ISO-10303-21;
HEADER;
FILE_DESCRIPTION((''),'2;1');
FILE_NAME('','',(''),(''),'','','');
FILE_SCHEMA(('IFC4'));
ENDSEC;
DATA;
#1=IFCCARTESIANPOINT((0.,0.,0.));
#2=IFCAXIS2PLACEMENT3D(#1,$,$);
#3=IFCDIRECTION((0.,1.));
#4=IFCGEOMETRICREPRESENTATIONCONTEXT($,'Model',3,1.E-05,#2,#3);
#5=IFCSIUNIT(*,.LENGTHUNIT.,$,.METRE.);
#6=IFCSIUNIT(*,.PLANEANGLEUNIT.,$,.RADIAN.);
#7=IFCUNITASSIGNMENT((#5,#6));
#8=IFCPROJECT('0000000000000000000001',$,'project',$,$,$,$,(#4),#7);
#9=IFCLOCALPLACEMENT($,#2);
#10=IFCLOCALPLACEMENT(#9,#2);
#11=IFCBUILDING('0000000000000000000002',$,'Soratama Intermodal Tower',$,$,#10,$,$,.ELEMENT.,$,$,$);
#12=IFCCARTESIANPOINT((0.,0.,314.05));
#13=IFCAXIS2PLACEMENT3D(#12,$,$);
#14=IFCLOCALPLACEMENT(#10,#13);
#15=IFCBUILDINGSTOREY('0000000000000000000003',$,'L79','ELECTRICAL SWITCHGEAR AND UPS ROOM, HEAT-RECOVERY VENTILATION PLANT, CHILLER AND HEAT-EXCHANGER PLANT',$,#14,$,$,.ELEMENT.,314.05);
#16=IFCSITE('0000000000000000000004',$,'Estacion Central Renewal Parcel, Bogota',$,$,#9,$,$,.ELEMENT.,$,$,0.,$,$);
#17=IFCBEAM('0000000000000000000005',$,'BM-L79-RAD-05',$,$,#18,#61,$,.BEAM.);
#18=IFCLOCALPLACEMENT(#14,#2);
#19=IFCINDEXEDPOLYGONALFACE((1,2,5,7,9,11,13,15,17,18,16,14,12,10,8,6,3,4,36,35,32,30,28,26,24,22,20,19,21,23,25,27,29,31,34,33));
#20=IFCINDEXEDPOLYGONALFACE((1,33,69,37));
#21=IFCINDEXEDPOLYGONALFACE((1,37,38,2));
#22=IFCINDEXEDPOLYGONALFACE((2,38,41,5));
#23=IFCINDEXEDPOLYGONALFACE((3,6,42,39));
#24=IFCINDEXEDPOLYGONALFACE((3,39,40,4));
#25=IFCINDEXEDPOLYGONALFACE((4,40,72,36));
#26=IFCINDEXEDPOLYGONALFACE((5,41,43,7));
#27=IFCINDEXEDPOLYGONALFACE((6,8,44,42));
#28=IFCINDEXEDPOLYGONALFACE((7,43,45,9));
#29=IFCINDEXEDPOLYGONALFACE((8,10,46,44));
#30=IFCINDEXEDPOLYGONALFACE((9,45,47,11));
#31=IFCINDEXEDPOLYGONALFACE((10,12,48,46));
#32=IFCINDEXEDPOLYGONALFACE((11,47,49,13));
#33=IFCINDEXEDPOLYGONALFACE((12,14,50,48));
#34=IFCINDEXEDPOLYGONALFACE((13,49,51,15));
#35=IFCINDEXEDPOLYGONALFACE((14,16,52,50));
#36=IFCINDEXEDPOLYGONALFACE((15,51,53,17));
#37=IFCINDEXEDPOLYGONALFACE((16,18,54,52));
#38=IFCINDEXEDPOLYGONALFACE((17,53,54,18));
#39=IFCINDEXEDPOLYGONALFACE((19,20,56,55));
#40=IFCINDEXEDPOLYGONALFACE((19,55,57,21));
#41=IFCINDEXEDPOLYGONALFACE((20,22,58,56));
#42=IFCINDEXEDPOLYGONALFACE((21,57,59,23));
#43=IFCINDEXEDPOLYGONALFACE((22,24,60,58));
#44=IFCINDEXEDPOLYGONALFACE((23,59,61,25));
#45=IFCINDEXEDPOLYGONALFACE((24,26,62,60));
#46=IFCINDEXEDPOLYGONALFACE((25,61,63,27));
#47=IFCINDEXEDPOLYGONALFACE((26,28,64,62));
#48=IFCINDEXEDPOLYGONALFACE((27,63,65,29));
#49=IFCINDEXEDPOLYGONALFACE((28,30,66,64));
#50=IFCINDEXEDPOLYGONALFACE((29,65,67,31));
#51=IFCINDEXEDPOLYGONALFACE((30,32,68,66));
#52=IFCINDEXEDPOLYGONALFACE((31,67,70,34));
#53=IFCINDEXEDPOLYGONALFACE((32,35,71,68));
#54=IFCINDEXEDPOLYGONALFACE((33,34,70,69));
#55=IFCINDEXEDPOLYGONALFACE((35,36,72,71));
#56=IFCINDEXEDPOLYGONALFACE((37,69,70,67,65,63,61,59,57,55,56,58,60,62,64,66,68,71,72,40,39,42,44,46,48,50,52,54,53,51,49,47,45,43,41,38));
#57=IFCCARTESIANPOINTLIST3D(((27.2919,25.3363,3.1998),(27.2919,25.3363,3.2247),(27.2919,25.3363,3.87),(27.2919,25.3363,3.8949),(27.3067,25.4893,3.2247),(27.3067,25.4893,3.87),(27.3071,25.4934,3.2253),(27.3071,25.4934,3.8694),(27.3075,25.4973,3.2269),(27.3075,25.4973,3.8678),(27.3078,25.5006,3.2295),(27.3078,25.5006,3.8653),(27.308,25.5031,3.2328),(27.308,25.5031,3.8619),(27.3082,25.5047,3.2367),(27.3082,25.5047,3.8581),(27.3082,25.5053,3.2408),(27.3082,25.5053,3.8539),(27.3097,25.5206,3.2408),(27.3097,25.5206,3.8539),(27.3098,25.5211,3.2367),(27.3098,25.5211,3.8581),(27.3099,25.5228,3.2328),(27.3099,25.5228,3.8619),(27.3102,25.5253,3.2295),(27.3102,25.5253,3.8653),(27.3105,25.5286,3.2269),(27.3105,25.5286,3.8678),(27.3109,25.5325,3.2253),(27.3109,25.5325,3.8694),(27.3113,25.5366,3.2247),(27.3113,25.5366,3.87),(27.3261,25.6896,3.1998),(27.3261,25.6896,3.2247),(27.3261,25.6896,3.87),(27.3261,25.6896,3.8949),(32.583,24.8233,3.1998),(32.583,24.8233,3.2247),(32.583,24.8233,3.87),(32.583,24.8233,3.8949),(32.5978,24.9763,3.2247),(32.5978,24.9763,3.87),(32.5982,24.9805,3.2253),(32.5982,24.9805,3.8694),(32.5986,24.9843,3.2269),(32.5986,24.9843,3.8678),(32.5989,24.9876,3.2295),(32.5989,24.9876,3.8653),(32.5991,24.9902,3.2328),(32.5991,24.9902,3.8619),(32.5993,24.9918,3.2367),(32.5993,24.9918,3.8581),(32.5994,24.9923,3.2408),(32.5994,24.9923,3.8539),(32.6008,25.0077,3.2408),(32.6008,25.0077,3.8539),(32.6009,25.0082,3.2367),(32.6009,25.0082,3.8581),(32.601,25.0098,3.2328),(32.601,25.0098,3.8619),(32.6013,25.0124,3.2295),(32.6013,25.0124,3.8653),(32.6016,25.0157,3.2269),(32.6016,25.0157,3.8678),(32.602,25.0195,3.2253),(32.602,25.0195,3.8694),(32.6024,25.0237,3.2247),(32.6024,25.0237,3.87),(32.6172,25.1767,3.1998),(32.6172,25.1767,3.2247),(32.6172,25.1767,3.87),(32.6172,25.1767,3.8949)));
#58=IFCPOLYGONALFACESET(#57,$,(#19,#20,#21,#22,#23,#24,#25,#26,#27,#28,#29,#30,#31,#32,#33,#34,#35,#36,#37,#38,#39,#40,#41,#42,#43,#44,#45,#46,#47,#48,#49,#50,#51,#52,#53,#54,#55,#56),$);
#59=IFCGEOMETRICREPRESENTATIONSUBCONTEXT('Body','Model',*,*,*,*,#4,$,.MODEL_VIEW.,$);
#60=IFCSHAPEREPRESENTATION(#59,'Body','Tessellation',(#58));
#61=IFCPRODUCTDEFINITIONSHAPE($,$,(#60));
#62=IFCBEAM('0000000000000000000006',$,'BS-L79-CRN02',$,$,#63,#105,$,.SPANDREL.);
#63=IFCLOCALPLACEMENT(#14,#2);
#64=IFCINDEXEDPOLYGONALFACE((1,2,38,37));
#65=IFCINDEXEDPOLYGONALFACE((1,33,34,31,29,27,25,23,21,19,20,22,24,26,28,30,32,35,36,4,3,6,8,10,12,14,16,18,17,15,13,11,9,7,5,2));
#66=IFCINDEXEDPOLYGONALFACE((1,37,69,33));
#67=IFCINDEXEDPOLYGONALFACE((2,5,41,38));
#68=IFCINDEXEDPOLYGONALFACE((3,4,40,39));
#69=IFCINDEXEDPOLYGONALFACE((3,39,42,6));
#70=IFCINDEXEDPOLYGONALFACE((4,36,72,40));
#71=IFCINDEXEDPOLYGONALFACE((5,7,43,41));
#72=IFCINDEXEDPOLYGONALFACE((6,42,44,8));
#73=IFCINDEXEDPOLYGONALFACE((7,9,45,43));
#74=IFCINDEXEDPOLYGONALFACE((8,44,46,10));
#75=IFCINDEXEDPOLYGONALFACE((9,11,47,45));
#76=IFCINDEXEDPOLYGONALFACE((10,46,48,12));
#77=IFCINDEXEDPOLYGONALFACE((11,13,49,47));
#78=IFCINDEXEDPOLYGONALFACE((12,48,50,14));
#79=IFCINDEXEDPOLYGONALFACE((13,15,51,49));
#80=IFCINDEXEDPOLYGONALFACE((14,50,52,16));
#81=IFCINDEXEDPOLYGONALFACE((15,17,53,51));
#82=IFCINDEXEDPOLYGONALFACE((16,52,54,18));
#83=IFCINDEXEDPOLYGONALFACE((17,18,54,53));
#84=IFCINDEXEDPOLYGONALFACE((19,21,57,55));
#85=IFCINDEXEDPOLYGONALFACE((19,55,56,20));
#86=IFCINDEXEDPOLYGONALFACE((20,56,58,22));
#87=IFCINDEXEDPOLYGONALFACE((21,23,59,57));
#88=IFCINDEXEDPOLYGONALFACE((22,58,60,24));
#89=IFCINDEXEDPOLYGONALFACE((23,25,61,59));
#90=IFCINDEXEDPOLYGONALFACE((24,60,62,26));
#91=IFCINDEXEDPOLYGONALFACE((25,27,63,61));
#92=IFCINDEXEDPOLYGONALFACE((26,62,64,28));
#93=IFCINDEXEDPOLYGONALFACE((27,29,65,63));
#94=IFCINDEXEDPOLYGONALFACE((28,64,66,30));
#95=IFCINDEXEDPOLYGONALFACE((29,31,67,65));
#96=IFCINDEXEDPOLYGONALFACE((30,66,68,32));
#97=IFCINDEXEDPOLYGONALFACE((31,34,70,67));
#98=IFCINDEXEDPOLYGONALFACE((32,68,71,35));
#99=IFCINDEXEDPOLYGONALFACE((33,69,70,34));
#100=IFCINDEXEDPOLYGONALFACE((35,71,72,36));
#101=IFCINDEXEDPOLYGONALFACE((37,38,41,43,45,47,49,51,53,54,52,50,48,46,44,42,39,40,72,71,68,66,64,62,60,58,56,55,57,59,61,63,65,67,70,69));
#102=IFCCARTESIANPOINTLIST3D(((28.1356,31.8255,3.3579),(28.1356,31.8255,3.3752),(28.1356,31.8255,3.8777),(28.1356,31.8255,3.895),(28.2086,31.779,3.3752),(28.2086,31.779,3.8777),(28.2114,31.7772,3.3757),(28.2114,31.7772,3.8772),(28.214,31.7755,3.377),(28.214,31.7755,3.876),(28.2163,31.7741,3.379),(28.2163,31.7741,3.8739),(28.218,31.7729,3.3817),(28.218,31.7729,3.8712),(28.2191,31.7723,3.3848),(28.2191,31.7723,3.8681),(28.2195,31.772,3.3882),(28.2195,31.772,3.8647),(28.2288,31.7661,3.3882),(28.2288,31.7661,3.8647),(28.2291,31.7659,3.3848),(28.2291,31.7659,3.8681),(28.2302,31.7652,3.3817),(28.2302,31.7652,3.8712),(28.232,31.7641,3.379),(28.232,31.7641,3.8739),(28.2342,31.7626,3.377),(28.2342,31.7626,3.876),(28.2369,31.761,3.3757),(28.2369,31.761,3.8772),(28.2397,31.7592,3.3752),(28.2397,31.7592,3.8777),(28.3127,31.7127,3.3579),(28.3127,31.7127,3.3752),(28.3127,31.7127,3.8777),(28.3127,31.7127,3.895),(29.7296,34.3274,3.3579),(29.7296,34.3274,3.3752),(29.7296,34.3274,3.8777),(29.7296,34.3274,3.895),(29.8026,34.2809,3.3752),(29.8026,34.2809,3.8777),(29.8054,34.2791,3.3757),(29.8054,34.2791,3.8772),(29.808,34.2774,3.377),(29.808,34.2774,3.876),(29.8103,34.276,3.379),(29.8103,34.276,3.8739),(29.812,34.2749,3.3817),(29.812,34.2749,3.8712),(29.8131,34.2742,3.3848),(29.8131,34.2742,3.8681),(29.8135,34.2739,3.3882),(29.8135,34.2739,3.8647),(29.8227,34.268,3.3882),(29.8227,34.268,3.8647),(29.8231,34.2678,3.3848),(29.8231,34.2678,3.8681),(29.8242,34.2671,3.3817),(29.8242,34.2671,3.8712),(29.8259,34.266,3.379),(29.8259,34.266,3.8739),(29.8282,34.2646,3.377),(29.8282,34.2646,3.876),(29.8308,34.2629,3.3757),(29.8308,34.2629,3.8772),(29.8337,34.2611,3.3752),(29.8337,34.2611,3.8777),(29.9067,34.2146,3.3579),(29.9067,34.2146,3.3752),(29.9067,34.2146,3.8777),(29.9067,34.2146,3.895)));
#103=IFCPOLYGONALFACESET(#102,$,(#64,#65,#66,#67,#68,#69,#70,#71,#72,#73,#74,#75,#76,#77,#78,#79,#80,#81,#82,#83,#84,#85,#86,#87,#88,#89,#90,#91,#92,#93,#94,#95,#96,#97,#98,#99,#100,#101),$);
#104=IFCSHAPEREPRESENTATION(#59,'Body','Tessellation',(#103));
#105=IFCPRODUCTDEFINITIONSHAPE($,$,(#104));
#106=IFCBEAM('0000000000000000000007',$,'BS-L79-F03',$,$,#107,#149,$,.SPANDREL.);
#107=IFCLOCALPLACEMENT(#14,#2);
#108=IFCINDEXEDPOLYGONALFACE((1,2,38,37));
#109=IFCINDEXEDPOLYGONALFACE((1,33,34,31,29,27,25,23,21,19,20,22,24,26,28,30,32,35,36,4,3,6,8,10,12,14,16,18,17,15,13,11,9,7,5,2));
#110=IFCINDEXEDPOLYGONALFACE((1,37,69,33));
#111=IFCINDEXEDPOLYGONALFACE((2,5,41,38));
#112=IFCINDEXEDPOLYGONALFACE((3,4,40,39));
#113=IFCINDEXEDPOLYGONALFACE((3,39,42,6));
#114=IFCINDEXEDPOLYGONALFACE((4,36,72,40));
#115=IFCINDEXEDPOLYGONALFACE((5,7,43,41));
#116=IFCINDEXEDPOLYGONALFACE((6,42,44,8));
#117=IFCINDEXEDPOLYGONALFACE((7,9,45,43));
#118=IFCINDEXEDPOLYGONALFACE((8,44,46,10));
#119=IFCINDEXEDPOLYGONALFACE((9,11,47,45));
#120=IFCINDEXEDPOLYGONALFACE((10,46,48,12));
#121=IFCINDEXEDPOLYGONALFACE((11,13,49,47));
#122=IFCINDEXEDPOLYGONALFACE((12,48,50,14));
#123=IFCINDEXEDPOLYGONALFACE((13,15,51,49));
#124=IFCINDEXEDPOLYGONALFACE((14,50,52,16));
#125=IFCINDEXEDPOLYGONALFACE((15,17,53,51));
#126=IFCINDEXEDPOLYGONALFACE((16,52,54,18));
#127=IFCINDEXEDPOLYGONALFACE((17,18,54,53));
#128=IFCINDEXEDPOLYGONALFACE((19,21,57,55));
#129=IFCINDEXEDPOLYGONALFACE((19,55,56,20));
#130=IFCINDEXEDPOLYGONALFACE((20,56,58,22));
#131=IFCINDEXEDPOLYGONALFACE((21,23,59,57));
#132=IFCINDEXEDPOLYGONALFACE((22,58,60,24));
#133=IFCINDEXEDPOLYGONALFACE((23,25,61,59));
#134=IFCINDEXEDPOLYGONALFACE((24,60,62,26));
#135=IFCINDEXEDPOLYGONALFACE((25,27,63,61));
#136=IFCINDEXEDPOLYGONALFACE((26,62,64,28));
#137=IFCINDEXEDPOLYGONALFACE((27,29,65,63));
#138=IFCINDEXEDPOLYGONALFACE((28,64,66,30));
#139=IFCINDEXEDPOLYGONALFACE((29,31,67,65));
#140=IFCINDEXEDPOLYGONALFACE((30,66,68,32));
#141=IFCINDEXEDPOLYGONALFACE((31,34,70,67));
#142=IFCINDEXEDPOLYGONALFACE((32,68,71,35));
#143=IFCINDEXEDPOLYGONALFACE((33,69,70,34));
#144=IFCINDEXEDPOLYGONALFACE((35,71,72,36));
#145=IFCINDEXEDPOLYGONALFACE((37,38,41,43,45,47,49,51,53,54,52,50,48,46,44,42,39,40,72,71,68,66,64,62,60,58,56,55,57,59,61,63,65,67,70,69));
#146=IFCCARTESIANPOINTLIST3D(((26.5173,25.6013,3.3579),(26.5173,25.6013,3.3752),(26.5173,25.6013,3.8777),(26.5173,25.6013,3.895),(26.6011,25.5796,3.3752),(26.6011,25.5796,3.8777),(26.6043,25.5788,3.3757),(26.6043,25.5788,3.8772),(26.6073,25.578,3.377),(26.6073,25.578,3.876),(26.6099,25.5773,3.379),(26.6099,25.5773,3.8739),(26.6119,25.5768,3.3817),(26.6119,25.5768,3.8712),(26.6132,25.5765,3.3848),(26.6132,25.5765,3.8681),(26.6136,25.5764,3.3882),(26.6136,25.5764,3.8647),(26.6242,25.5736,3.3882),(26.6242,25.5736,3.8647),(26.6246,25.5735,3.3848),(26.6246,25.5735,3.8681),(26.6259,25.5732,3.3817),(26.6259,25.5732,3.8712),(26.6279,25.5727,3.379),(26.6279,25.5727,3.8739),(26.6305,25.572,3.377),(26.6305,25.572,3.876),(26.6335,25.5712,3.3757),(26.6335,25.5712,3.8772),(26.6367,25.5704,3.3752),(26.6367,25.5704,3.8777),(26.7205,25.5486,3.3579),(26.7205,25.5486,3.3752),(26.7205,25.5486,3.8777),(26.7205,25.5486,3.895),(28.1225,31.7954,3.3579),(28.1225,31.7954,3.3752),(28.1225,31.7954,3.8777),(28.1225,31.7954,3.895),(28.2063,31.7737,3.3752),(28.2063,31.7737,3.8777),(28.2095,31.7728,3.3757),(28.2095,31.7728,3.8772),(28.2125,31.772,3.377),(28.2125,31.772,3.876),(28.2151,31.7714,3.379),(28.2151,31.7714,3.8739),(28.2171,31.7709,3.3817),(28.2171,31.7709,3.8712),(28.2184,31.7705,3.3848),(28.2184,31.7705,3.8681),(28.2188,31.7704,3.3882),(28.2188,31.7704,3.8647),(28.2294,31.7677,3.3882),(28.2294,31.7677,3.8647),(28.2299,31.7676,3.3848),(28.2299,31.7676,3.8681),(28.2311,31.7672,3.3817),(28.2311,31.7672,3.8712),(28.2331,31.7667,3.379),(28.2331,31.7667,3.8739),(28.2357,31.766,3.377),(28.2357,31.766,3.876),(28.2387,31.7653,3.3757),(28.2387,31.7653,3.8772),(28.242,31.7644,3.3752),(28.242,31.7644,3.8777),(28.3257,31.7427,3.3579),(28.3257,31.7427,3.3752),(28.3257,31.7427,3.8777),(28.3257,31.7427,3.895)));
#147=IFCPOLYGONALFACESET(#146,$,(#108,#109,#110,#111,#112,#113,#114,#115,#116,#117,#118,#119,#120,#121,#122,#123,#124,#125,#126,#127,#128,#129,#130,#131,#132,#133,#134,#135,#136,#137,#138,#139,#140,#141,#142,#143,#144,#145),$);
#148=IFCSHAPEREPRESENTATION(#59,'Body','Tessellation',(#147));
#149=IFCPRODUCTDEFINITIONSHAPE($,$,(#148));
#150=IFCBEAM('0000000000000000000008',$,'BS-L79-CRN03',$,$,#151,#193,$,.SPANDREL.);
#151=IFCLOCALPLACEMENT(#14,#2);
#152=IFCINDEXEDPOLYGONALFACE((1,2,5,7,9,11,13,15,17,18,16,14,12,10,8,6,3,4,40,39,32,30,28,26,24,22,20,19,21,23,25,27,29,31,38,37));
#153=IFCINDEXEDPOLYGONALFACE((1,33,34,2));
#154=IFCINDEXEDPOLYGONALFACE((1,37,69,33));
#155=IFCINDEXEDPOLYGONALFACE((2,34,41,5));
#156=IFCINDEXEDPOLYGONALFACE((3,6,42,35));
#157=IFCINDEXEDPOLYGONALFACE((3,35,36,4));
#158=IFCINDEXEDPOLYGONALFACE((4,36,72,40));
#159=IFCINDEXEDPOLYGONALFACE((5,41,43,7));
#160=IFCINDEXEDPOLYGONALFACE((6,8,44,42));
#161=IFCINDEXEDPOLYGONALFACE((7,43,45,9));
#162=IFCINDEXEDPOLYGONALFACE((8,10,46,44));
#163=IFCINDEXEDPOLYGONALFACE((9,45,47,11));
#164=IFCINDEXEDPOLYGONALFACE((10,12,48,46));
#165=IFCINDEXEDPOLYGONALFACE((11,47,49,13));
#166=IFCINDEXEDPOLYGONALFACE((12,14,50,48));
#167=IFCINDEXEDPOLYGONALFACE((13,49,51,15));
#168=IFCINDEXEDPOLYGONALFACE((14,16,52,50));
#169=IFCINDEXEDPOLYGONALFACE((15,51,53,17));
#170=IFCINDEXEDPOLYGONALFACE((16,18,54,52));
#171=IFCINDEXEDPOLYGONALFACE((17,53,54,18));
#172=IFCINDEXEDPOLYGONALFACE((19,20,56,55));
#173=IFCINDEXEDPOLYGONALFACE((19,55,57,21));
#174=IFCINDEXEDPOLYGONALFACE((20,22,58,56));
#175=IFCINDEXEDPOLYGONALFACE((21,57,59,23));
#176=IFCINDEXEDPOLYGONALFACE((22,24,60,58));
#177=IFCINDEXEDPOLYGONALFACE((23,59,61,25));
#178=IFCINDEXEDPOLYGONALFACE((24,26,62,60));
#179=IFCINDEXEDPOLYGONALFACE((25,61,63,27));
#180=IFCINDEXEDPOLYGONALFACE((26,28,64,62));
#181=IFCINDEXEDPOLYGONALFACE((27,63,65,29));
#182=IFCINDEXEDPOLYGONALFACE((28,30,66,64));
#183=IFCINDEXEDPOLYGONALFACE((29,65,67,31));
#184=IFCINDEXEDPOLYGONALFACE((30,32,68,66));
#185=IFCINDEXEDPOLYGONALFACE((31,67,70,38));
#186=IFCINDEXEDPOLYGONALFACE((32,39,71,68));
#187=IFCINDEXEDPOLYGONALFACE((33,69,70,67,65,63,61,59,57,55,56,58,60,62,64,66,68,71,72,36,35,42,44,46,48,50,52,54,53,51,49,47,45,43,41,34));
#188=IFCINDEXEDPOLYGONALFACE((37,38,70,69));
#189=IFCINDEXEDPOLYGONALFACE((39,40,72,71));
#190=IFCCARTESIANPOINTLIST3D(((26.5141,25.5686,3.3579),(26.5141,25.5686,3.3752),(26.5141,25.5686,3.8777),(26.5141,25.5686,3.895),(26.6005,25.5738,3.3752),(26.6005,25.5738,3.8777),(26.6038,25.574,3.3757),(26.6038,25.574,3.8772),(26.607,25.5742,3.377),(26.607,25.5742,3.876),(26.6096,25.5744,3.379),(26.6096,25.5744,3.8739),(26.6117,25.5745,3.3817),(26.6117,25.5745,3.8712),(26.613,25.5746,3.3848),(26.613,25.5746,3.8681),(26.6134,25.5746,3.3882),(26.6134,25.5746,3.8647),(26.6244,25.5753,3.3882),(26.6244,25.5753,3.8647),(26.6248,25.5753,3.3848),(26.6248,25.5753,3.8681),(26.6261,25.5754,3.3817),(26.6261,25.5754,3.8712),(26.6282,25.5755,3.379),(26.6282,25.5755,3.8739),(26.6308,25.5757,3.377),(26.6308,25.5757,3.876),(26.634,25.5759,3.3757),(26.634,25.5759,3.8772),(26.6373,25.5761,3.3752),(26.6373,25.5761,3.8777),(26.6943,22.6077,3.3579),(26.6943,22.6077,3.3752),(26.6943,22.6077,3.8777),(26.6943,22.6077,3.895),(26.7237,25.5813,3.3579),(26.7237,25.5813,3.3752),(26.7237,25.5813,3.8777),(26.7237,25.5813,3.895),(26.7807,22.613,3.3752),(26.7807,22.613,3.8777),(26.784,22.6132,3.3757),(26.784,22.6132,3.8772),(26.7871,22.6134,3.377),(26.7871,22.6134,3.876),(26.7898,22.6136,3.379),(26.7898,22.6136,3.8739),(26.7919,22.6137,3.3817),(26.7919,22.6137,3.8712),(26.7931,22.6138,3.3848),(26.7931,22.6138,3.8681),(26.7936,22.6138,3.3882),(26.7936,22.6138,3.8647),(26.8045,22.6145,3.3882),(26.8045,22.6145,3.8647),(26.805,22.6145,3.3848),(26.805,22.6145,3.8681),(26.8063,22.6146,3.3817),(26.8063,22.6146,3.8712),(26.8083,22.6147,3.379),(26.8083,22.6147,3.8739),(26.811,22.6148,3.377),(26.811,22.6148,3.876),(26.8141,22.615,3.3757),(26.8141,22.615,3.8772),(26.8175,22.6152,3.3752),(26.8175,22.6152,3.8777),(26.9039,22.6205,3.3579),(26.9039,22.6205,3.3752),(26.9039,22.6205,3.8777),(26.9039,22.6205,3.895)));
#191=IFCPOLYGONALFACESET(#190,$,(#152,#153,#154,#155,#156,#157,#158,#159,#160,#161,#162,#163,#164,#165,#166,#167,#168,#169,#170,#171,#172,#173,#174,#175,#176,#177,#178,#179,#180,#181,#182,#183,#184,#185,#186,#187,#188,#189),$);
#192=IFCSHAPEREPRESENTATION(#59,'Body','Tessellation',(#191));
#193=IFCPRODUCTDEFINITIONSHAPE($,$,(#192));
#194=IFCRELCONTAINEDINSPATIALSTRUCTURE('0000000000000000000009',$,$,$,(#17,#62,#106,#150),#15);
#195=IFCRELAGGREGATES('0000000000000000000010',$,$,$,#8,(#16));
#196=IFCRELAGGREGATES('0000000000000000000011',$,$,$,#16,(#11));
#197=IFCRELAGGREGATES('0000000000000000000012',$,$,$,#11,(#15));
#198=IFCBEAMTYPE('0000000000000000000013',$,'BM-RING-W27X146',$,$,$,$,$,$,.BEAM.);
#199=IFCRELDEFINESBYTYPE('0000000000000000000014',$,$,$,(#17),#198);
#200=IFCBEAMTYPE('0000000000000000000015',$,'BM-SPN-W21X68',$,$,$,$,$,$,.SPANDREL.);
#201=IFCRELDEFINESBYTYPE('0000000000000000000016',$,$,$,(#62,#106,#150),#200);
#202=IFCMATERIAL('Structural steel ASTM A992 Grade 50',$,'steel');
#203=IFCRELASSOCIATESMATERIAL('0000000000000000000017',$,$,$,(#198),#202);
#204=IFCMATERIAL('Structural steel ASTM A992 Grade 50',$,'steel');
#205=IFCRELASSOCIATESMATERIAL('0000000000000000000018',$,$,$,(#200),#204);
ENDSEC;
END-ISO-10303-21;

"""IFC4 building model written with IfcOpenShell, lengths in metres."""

from ifc_helpers import new_model, si_unit, direction, frame, origin, origin_2d, place, context, subcontext, project, spatial, i_section, extrude, material, material_profile, profile_set, type_object, element, save


model = new_model("IFC4")

# Units and contexts
model_context = context("Model", 3, precision=1e-05, world=origin(), true_north=direction((0.0, 1.0)))
body_context = subcontext(model_context, "Body", "Model", "MODEL_VIEW")
ifc_project = project(units=[si_unit("LENGTHUNIT", "METRE"), si_unit("PLANEANGLEUNIT", "RADIAN")], contexts=[model_context])

# Site, building, storey
site_placement = place(None, origin())
site = spatial("IfcSite", under=ifc_project, at=site_placement, Name="Estacion Central Renewal Parcel, Bogota", CompositionType="ELEMENT", RefElevation=0.0)
building_placement = place(site_placement, origin())
building = spatial("IfcBuilding", under=site, at=building_placement, Name="Soratama Intermodal Tower", CompositionType="ELEMENT")
storey_placement = place(building_placement, frame((0.0, 0.0, 314.05)))
storey = spatial("IfcBuildingStorey", under=building, at=storey_placement, Name="L79", Description="ELECTRICAL SWITCHGEAR AND UPS ROOM, HEAT-RECOVERY VENTILATION PLANT, CHILLER AND HEAT-EXCHANGER PLANT", CompositionType="ELEMENT", Elevation=314.05)

# Beams
ifc_material_1 = material(Name="Structural steel ASTM A992 Grade 50", Category="steel")
ifc_material_profile_1 = material_profile(ifc_material_1, i_section(OverallWidth=0.355, OverallDepth=0.6951, WebThickness=0.0154, FlangeThickness=0.0249, FilletRadius=0.0161, at=origin_2d()), Name="W27X146")
ifc_profile_set_1 = profile_set([ifc_material_profile_1], Name="Structural steel ASTM A992 Grade 50")
beam_type_1 = type_object("IfcBeamType", Name="BM-RING-W27X146", PredefinedType="BEAM", material=ifc_profile_set_1)
beam_1_placement = place(storey_placement, frame((32.6001, 25.0, 3.5474), z_axis=(-0.995334, 0.096493, 0.0), x_axis=(-0.096493, -0.995334, 0.0)))
element("IfcBeam", 1, at=beam_1_placement, inside=storey, type_object=beam_type_1, Name="BM-L79-RAD-05", PredefinedType="BEAM", context=body_context, shape_type="SweptSolid", body=[
    extrude(i_section(OverallWidth=0.355, OverallDepth=0.6951, WebThickness=0.0154, FlangeThickness=0.0249, FilletRadius=0.0161, at=origin_2d()), origin(), (0.0, 0.0, 1.0), 5.3159),
])
ifc_material_2 = material(Name="Structural steel ASTM A992 Grade 50", Category="steel")
ifc_material_profile_2 = material_profile(ifc_material_2, i_section(OverallWidth=0.21, OverallDepth=0.5371, WebThickness=0.011, FlangeThickness=0.0173, FilletRadius=0.0129, at=origin_2d()), Name="W21X68")
ifc_profile_set_2 = profile_set([ifc_material_profile_2], Name="Structural steel ASTM A992 Grade 50")
beam_type_2 = type_object("IfcBeamType", Name="BM-SPN-W21X68", PredefinedType="SPANDREL", material=ifc_profile_set_2)
beam_2_placement = place(storey_placement, frame((29.8181, 34.271, 3.6265), z_axis=(-0.537317, -0.84338, 0.0), x_axis=(0.84338, -0.537317, 0.0)))
element("IfcBeam", 2, at=beam_2_placement, inside=storey, type_object=beam_type_2, Name="BS-L79-CRN02", PredefinedType="SPANDREL", context=body_context, shape_type="SweptSolid", body=[
    extrude(i_section(OverallWidth=0.21, OverallDepth=0.5371, WebThickness=0.011, FlangeThickness=0.0173, FilletRadius=0.0129, at=origin_2d()), origin(), (0.0, 0.0, 1.0), 2.9666),
])
beam_3_placement = place(storey_placement, frame((28.2241, 31.769, 3.6265), z_axis=(-0.250867, -0.968022, 0.0), x_axis=(0.968022, -0.250867, 0.0)))
element("IfcBeam", 3, at=beam_3_placement, inside=storey, type_object=beam_type_2, Name="BS-L79-F03", PredefinedType="SPANDREL", context=body_context, shape_type="SweptSolid", body=[
    extrude(i_section(OverallWidth=0.21, OverallDepth=0.5371, WebThickness=0.011, FlangeThickness=0.0173, FilletRadius=0.0129, at=origin_2d()), origin(), (0.0, 0.0, 1.0), 6.3987),
])
beam_4_placement = place(storey_placement, frame((26.6189, 25.575, 3.6265), z_axis=(0.060739, -0.998154, 0.0), x_axis=(0.998154, 0.060739, 0.0)))
element("IfcBeam", 4, at=beam_4_placement, inside=storey, type_object=beam_type_2, Name="BS-L79-CRN03", PredefinedType="SPANDREL", context=body_context, shape_type="SweptSolid", body=[
    extrude(i_section(OverallWidth=0.21, OverallDepth=0.5371, WebThickness=0.011, FlangeThickness=0.0173, FilletRadius=0.0129, at=origin_2d()), origin(), (0.0, 0.0, 1.0), 2.9663),
])

save(model, "model.ifc")
